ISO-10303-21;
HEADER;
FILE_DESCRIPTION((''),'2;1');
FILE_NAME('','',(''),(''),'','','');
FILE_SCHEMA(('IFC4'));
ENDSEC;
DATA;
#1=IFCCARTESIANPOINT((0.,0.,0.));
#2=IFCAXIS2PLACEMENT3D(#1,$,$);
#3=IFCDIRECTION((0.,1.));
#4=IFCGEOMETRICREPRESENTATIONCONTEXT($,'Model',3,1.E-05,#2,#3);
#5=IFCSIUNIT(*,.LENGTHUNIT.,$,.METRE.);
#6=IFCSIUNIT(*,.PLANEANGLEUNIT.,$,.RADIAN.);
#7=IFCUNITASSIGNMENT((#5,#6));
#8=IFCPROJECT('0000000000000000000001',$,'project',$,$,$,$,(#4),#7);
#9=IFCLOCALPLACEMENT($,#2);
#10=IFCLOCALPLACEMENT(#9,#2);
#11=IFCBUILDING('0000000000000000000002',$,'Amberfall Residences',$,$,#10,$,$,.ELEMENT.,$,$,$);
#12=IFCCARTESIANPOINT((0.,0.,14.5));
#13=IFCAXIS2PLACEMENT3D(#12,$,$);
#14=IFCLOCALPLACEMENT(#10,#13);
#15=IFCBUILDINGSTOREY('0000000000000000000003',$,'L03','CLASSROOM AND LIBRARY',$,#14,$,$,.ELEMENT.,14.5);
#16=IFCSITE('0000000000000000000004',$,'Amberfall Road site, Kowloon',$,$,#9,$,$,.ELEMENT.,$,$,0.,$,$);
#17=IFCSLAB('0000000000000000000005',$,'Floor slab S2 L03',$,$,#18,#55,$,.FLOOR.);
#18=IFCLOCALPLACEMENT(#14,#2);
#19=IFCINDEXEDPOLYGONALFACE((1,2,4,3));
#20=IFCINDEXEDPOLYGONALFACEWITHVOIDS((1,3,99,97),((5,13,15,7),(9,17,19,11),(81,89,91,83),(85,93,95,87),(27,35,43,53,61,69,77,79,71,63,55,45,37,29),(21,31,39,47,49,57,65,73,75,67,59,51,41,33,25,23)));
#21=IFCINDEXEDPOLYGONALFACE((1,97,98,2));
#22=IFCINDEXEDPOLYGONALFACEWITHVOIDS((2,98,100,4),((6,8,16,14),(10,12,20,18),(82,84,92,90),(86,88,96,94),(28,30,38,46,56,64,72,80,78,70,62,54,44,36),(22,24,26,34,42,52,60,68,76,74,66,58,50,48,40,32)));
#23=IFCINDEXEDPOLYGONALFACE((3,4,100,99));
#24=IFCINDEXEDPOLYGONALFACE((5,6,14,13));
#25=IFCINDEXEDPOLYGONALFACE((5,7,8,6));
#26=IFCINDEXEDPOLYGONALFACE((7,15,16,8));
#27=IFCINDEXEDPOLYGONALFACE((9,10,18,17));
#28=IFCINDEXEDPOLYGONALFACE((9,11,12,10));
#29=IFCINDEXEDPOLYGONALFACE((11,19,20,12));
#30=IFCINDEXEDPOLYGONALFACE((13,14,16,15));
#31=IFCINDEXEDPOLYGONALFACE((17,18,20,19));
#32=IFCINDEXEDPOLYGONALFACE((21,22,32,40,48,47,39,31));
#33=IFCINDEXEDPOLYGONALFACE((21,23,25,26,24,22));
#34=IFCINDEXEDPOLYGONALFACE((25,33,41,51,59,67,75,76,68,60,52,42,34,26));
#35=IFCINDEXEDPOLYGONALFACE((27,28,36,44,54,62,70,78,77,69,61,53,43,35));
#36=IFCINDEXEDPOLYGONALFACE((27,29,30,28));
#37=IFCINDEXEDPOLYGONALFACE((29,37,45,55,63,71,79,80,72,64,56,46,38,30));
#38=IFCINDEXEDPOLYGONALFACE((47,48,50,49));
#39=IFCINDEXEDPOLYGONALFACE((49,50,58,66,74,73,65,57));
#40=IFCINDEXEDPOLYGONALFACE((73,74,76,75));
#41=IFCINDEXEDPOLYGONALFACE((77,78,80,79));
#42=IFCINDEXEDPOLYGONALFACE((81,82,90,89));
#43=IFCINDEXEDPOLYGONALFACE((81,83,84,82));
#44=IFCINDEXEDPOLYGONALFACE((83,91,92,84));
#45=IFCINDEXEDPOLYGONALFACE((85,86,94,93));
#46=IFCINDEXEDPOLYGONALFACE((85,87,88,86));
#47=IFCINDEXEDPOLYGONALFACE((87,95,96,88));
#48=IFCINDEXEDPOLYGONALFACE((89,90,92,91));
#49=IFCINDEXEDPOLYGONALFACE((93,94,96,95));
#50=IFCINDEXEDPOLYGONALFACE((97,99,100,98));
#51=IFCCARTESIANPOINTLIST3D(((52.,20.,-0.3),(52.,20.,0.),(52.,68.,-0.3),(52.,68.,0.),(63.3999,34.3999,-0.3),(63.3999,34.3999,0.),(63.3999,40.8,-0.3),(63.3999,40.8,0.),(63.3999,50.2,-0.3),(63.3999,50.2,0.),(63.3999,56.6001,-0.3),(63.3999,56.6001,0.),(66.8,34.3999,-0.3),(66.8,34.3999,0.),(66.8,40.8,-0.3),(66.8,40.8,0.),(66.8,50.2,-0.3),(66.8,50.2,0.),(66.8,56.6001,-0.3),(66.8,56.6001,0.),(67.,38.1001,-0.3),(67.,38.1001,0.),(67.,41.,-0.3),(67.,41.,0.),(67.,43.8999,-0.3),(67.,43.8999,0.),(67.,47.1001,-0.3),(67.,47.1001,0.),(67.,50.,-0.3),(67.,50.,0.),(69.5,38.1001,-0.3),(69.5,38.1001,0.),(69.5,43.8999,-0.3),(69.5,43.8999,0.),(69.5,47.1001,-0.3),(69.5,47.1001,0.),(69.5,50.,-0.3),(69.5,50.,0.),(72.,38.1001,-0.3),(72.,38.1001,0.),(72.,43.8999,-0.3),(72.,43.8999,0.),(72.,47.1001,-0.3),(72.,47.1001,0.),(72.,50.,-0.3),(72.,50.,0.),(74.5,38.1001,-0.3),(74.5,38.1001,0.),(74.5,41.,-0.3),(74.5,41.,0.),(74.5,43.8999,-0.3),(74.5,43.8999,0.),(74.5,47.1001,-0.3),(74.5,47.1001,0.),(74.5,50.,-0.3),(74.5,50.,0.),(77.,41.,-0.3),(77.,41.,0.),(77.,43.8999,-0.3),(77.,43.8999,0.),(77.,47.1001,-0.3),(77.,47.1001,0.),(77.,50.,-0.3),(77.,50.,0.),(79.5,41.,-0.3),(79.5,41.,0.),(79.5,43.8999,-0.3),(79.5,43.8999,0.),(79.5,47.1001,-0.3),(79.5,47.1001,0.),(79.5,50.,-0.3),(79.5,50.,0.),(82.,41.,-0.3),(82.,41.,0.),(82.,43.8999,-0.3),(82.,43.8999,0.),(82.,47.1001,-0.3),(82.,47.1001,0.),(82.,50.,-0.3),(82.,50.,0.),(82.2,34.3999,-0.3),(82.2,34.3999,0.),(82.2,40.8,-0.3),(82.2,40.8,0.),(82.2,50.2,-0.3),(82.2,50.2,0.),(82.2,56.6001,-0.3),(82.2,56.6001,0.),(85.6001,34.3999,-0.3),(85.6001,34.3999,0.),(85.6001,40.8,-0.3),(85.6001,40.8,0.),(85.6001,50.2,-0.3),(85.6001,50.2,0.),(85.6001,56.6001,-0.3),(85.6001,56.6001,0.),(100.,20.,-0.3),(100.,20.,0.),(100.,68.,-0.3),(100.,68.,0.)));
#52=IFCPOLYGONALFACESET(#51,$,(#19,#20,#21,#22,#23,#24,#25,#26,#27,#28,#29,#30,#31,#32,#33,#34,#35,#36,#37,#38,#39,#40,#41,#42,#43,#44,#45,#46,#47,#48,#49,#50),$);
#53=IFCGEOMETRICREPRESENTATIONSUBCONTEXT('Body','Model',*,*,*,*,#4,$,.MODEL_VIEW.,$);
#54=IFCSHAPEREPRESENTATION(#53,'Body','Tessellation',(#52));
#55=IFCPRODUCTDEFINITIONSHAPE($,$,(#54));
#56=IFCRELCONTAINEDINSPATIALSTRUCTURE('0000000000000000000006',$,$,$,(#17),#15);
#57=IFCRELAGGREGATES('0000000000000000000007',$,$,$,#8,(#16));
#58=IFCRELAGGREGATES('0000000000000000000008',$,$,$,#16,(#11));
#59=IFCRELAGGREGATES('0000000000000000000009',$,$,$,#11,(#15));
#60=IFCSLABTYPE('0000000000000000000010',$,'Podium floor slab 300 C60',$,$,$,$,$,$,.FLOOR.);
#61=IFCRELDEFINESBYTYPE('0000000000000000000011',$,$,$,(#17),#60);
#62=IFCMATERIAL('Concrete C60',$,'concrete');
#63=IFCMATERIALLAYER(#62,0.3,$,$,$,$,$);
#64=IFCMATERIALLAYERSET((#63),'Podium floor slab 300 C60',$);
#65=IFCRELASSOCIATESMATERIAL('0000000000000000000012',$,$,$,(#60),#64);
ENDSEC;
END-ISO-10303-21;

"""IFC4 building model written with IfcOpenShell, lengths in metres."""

from ifc_helpers import new_model, si_unit, direction, frame, origin, place, context, subcontext, project, spatial, polyline, outline, extrude, material, layer, layer_set, type_object, element, save


model = new_model("IFC4")

# Units and contexts
model_context = context("Model", 3, precision=1e-05, world=origin(), true_north=direction((0.0, 1.0)))
body_context = subcontext(model_context, "Body", "Model", "MODEL_VIEW")
ifc_project = project(units=[si_unit("LENGTHUNIT", "METRE"), si_unit("PLANEANGLEUNIT", "RADIAN")], contexts=[model_context])

# Site, building, storey
site_placement = place(None, origin())
site = spatial("IfcSite", under=ifc_project, at=site_placement, Name="Amberfall Road site, Kowloon", CompositionType="ELEMENT", RefElevation=0.0)
building_placement = place(site_placement, origin())
building = spatial("IfcBuilding", under=site, at=building_placement, Name="Amberfall Residences", CompositionType="ELEMENT")
storey_placement = place(building_placement, frame((0.0, 0.0, 14.5)))
storey = spatial("IfcBuildingStorey", under=building, at=storey_placement, Name="L03", Description="CLASSROOM AND LIBRARY", CompositionType="ELEMENT", Elevation=14.5)

# Slab
ifc_material_1 = material(Name="Concrete C60", Category="concrete")
ifc_layer_1 = layer(ifc_material_1, 0.3)
ifc_layer_set_1 = layer_set([ifc_layer_1], Name="Podium floor slab 300 C60")
slab_type_1 = type_object("IfcSlabType", Name="Podium floor slab 300 C60", PredefinedType="FLOOR", material=ifc_layer_set_1)
slab_1_placement = place(storey_placement, frame((0.0, 0.0, -0.3)))
element("IfcSlab", 1, at=slab_1_placement, inside=storey, type_object=slab_type_1, Name="Floor slab S2 L03", PredefinedType="FLOOR", context=body_context, shape_type="SweptSolid", body=[
    extrude(outline(polyline([(52.0, 68.0), (100.0, 68.0), (100.0, 20.0), (52.0, 20.0), (52.0, 68.0)]), holes=[polyline([(85.6001, 34.3999), (85.6001, 40.8), (82.2, 40.8), (82.2, 34.3999), (85.6001, 34.3999)]), polyline([(82.2, 50.2), (85.6001, 50.2), (85.6001, 56.6001), (82.2, 56.6001), (82.2, 50.2)]), polyline([(69.5, 50.0), (67.0, 50.0), (67.0, 47.1001), (69.5, 47.1001), (72.0, 47.1001), (74.5, 47.1001), (77.0, 47.1001), (79.5, 47.1001), (82.0, 47.1001), (82.0, 50.0), (79.5, 50.0), (77.0, 50.0), (74.5, 50.0), (72.0, 50.0), (69.5, 50.0)]), polyline([(74.5, 41.0), (77.0, 41.0), (79.5, 41.0), (82.0, 41.0), (82.0, 43.8999), (79.5, 43.8999), (77.0, 43.8999), (74.5, 43.8999), (72.0, 43.8999), (69.5, 43.8999), (67.0, 43.8999), (67.0, 41.0), (67.0, 38.1001), (69.5, 38.1001), (72.0, 38.1001), (74.5, 38.1001), (74.5, 41.0)]), polyline([(66.8, 34.3999), (66.8, 40.8), (63.3999, 40.8), (63.3999, 34.3999), (66.8, 34.3999)]), polyline([(66.8, 50.2), (66.8, 56.6001), (63.3999, 56.6001), (63.3999, 50.2), (66.8, 50.2)])]), origin(), (0.0, 0.0, 1.0), 0.3),
])

save(model, "model.ifc")
